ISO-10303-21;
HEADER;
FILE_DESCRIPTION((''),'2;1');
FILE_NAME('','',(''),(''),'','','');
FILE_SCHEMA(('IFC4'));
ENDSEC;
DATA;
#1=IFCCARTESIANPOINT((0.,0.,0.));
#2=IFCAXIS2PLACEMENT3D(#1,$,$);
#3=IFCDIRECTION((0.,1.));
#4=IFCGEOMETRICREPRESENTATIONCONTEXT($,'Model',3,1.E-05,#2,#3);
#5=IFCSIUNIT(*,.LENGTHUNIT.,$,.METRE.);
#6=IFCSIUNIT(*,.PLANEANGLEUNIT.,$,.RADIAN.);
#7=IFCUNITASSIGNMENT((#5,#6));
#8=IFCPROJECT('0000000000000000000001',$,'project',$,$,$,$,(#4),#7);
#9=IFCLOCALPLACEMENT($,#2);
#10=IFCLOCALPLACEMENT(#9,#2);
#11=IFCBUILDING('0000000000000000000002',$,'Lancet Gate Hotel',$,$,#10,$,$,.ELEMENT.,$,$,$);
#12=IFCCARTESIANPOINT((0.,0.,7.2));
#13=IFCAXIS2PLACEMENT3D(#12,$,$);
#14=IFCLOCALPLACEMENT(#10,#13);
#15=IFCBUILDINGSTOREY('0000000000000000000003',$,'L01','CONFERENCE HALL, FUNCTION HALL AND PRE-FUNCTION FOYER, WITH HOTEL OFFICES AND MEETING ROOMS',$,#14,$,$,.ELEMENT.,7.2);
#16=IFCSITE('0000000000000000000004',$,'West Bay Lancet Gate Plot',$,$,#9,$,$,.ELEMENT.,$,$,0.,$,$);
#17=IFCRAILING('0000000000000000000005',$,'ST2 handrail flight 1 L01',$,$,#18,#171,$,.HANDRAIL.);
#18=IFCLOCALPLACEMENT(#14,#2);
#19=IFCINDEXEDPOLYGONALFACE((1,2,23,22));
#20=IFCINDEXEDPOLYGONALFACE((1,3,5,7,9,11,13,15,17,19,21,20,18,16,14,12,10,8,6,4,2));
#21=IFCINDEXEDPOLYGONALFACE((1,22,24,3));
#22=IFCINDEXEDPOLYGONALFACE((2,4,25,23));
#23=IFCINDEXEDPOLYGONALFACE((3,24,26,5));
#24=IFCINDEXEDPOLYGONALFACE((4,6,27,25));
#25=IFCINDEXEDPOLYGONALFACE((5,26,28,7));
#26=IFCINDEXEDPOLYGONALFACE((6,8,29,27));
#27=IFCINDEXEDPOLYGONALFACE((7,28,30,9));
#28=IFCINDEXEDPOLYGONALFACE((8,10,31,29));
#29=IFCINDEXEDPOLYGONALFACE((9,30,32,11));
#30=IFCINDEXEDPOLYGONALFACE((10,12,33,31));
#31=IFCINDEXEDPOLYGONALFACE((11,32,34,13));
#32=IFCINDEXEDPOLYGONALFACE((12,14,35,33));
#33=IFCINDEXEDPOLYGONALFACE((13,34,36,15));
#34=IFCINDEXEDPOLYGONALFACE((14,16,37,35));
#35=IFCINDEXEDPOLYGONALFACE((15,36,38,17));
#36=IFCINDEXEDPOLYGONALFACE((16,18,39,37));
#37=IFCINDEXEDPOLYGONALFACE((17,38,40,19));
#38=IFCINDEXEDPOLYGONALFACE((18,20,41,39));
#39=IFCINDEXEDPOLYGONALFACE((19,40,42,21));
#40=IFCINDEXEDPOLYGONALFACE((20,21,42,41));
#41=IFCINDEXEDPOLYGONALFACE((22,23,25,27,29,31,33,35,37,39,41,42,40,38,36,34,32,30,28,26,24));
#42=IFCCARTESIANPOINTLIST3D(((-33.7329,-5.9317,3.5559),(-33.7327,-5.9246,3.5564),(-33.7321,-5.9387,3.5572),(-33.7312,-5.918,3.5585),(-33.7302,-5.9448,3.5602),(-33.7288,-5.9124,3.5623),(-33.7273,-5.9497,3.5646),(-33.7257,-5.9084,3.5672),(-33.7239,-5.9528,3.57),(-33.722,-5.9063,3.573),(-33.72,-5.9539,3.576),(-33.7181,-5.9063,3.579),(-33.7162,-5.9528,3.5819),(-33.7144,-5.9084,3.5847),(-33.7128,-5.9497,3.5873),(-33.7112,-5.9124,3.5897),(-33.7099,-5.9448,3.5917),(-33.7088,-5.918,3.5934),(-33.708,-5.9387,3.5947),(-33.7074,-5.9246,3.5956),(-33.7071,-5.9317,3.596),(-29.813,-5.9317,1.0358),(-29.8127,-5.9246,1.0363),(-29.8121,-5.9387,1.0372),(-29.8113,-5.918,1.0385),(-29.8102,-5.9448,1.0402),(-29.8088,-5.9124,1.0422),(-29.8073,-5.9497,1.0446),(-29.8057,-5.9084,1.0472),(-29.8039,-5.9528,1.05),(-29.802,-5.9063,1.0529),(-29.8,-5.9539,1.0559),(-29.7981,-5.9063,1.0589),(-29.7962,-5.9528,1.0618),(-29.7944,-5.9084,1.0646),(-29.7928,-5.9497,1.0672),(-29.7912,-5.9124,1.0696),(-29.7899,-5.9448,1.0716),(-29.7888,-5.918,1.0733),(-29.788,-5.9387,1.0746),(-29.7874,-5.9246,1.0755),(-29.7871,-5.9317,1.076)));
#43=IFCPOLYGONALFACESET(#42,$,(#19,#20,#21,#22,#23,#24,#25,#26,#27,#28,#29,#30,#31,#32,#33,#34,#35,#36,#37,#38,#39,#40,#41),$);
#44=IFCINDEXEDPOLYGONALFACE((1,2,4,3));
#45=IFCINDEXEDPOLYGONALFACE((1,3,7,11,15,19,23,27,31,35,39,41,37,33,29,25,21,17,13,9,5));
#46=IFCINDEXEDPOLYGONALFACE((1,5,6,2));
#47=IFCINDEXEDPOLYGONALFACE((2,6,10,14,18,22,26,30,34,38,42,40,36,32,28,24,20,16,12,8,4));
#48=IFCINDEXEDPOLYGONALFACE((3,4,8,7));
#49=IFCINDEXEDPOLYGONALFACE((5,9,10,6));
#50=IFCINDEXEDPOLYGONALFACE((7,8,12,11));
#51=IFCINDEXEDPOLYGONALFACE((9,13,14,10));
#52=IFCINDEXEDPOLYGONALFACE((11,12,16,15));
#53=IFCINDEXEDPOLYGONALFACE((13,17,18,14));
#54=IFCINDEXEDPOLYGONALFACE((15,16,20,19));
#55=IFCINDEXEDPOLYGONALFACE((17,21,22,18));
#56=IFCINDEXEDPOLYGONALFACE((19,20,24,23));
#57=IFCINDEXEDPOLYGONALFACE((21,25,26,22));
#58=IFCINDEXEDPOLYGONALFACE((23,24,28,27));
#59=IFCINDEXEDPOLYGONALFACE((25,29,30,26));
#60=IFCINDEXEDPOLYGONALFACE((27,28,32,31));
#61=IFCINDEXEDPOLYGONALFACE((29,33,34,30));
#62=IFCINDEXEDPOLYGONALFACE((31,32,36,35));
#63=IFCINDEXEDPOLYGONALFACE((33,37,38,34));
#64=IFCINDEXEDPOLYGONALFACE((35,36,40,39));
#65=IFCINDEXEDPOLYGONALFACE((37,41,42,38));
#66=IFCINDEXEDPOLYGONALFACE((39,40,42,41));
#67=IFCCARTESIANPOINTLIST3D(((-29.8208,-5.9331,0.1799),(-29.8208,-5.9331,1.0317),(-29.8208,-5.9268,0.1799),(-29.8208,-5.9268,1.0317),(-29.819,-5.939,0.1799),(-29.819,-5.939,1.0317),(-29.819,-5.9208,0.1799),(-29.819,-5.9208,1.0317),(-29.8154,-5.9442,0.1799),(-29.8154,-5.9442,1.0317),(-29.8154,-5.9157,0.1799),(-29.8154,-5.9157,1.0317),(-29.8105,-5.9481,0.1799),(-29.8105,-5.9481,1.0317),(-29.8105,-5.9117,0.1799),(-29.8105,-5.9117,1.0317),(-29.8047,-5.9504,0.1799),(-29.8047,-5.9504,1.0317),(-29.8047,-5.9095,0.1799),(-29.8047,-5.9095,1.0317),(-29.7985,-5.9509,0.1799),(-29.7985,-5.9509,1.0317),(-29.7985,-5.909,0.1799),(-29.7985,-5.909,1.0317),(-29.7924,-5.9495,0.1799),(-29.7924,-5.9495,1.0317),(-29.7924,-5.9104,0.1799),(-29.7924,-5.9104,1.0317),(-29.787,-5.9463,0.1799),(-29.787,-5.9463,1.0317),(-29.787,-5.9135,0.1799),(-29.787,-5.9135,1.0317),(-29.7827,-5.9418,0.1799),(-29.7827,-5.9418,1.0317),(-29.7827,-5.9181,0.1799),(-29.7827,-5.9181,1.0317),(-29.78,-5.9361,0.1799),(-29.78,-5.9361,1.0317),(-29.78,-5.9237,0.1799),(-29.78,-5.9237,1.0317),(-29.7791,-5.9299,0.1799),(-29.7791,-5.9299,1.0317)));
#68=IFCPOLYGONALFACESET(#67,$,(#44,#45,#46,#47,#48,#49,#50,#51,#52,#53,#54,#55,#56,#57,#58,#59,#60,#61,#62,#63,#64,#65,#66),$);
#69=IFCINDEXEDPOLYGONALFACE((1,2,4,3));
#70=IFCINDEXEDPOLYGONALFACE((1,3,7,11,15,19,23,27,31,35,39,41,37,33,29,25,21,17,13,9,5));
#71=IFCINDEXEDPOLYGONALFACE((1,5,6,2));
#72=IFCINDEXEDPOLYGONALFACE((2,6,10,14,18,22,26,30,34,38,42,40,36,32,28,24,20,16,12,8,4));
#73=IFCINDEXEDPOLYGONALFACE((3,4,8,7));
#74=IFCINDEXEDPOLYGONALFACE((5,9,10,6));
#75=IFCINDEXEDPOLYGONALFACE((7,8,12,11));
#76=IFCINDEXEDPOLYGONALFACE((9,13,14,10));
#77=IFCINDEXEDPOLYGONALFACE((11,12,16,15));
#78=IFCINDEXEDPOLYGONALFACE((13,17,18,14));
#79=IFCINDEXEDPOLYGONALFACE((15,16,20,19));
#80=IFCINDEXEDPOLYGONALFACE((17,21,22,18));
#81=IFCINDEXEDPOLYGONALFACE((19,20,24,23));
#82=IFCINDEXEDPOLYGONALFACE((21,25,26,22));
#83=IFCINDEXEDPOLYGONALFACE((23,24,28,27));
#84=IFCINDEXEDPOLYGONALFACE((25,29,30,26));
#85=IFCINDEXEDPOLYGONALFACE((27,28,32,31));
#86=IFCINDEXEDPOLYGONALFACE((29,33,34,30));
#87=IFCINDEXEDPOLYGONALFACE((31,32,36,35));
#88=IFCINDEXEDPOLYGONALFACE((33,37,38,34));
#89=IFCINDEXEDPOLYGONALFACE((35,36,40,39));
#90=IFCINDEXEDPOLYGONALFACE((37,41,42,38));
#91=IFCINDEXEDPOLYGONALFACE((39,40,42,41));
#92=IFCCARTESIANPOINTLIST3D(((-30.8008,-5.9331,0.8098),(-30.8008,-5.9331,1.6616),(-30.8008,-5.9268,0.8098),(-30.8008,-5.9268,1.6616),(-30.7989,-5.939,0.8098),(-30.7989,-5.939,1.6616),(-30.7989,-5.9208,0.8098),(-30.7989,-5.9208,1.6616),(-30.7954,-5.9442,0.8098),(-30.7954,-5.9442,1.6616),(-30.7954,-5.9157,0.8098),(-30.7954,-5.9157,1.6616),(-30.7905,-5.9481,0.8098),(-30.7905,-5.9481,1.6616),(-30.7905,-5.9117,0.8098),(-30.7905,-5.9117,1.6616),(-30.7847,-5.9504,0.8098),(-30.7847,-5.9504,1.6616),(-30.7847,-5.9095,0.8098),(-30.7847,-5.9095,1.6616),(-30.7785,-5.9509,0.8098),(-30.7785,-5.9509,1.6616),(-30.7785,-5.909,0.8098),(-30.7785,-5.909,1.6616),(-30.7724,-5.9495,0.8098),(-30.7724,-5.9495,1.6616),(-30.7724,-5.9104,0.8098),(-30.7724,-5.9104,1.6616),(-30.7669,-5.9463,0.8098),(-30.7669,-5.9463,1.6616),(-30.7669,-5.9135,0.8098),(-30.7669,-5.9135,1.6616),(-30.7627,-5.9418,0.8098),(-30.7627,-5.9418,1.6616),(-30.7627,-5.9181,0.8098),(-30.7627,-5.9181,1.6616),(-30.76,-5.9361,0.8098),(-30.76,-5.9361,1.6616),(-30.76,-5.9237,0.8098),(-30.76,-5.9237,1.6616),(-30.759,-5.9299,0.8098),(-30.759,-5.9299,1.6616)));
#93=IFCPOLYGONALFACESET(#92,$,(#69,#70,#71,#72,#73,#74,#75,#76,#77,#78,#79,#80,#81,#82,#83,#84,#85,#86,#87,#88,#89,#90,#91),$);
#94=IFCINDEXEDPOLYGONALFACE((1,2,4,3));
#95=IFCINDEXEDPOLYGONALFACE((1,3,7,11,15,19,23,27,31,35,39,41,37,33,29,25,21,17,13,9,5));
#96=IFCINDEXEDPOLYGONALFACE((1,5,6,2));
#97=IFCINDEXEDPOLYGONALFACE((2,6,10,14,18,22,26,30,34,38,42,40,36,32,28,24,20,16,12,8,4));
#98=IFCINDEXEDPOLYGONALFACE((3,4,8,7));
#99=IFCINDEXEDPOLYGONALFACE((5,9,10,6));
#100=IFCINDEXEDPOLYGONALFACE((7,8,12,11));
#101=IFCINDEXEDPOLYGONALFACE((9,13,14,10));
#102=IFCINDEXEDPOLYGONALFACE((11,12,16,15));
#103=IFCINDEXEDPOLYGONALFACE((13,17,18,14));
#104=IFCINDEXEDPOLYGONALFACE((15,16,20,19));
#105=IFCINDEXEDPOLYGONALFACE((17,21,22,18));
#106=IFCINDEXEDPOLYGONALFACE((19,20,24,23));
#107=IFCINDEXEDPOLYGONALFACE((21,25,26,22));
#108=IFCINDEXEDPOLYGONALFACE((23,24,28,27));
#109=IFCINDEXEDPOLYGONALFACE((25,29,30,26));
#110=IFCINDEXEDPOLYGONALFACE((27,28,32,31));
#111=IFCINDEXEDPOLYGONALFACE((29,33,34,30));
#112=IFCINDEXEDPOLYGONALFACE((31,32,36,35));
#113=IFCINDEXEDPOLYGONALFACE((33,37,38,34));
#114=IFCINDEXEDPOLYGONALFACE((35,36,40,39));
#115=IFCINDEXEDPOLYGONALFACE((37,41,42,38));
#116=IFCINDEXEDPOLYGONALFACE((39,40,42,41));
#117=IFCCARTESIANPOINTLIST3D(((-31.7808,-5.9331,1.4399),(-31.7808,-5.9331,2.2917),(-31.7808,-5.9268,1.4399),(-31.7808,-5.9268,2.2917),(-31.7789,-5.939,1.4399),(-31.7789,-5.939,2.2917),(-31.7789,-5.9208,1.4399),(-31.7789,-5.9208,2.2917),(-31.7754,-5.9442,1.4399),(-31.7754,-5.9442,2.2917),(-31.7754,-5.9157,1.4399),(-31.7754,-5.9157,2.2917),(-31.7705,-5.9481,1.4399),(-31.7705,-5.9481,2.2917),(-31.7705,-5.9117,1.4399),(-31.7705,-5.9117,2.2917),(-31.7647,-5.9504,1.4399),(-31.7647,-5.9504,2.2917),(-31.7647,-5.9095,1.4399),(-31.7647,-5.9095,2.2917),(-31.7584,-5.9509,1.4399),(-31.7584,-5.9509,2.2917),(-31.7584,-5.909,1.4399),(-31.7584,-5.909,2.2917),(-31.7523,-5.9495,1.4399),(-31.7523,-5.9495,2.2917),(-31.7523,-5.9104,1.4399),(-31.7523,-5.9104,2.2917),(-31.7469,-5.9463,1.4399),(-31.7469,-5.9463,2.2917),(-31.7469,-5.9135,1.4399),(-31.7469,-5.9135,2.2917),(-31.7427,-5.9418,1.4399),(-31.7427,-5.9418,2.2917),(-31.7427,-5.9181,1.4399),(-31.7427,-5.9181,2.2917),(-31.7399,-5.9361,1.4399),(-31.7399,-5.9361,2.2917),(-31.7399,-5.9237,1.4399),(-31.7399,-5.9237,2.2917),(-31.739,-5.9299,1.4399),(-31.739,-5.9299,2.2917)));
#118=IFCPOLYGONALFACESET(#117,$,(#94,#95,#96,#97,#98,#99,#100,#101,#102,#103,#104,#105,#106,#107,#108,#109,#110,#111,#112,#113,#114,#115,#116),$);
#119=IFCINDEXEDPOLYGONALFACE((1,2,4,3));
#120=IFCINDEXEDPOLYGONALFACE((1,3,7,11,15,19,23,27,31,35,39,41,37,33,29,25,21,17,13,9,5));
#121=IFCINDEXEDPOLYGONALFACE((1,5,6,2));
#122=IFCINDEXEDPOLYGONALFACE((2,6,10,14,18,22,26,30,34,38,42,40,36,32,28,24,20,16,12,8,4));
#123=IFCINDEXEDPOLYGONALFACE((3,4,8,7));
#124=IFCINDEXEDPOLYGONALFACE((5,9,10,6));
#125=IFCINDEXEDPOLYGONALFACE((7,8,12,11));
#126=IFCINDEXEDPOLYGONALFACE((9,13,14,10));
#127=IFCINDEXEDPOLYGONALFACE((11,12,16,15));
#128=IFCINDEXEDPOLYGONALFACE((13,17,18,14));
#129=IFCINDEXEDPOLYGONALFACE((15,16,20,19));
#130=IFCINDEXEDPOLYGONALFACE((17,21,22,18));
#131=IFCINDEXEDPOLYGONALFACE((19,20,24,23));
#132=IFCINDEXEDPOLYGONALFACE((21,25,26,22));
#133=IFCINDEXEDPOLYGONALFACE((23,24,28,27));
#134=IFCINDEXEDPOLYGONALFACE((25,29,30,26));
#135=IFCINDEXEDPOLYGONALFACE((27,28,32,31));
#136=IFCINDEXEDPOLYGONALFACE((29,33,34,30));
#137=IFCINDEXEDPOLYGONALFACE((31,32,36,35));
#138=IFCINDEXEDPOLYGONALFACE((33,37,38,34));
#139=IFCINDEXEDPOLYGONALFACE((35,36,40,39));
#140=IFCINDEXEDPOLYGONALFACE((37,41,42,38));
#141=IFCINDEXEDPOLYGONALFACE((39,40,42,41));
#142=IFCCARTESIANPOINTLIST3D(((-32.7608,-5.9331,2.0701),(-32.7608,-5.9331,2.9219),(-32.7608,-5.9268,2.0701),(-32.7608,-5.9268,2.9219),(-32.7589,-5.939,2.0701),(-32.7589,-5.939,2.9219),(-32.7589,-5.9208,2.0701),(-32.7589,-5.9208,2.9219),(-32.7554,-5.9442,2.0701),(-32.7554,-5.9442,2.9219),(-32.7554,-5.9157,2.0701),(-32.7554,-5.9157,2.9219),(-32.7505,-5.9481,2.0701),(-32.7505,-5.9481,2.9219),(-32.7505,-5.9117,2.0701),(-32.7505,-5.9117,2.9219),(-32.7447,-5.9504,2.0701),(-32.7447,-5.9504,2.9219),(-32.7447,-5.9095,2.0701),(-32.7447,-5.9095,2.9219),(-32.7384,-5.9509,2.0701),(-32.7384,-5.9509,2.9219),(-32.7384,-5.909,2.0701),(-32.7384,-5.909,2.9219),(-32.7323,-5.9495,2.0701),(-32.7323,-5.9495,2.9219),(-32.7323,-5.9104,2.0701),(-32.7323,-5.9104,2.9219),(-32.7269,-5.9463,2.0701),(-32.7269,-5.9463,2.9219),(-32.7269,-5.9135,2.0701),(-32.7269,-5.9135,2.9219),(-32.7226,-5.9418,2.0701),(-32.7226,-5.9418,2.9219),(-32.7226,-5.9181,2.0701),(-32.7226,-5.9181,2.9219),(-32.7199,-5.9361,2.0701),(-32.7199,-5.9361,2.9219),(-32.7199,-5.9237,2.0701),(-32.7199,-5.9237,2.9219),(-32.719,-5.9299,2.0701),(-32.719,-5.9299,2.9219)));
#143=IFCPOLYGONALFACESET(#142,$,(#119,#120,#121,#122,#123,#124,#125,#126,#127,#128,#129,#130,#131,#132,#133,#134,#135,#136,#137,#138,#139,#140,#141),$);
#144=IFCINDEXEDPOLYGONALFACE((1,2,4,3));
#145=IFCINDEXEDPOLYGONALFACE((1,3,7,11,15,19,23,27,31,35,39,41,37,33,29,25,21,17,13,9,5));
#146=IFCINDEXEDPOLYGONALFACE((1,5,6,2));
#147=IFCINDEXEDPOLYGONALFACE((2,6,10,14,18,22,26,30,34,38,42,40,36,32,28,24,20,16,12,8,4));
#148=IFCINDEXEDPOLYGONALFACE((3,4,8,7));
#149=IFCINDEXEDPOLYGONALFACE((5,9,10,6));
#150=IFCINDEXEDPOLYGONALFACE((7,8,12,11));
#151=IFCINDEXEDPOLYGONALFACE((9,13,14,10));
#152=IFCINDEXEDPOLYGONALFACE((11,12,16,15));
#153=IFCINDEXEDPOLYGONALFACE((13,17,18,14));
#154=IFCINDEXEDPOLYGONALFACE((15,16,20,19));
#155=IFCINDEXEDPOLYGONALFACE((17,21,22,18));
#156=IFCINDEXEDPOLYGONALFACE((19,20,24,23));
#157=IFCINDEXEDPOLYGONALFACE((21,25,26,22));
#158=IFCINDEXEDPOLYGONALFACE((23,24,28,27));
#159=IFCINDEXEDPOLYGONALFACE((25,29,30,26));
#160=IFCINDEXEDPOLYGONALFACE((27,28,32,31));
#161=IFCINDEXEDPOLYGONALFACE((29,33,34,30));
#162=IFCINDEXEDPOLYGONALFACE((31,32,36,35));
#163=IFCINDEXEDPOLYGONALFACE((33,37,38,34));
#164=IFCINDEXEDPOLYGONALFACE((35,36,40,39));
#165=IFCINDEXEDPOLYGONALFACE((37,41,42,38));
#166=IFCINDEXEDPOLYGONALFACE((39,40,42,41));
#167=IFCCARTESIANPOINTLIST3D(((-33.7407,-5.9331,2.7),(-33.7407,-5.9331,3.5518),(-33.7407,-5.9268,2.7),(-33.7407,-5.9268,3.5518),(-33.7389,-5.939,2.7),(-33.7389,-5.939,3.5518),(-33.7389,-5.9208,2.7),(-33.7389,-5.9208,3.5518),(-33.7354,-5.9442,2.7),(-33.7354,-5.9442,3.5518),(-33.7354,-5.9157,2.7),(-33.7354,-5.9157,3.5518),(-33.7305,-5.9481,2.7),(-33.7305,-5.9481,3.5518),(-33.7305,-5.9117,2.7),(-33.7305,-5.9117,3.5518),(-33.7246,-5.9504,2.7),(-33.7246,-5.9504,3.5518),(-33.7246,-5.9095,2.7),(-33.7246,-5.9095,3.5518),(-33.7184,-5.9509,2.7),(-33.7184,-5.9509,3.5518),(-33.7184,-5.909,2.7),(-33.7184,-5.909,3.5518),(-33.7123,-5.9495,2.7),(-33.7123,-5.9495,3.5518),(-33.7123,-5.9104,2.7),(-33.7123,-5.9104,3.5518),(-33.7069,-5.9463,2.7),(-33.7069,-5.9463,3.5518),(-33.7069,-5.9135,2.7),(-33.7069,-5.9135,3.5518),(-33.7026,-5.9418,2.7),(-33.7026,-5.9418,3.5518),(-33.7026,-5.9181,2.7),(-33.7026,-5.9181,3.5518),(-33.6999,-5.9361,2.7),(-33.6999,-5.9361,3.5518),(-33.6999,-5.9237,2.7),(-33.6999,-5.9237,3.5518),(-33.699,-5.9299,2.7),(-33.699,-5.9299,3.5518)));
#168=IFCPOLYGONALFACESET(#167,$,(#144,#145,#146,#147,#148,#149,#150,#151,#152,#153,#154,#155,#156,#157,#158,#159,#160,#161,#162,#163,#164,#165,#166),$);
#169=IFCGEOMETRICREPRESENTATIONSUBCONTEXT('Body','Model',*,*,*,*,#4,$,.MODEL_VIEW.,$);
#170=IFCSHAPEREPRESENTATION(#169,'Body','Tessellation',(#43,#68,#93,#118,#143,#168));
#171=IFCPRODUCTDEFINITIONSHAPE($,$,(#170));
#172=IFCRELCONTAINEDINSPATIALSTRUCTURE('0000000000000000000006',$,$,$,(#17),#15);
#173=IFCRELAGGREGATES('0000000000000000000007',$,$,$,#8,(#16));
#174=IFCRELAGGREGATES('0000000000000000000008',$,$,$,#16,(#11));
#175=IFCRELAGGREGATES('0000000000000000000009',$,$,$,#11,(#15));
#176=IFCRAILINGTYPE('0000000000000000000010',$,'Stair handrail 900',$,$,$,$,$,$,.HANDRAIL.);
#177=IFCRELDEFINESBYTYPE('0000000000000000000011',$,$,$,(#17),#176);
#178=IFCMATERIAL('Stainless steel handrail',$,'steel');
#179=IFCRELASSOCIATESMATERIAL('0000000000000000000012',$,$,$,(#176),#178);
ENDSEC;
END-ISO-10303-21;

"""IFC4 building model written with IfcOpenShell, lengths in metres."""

from ifc_helpers import new_model, si_unit, direction, frame, origin, origin_2d, place, context, subcontext, project, spatial, circle, extrude, material, type_object, element, save


model = new_model("IFC4")

# Units and contexts
model_context = context("Model", 3, precision=1e-05, world=origin(), true_north=direction((0.0, 1.0)))
body_context = subcontext(model_context, "Body", "Model", "MODEL_VIEW")
ifc_project = project(units=[si_unit("LENGTHUNIT", "METRE"), si_unit("PLANEANGLEUNIT", "RADIAN")], contexts=[model_context])

# Site, building, storey
site_placement = place(None, origin())
site = spatial("IfcSite", under=ifc_project, at=site_placement, Name="West Bay Lancet Gate Plot", CompositionType="ELEMENT", RefElevation=0.0)
building_placement = place(site_placement, origin())
building = spatial("IfcBuilding", under=site, at=building_placement, Name="Lancet Gate Hotel", CompositionType="ELEMENT")
storey_placement = place(building_placement, frame((0.0, 0.0, 7.2)))
storey = spatial("IfcBuildingStorey", under=building, at=storey_placement, Name="L01", Description="CONFERENCE HALL, FUNCTION HALL AND PRE-FUNCTION FOYER, WITH HOTEL OFFICES AND MEETING ROOMS", CompositionType="ELEMENT", Elevation=7.2)

# Railing
ifc_material_1 = material(Name="Stainless steel handrail", Category="steel")
railing_type_1 = type_object("IfcRailingType", Name="Stair handrail 900", PredefinedType="HANDRAIL", material=ifc_material_1)
railing_1_placement = place(storey_placement, frame((-29.8, -5.9299, 0.1799)))
element("IfcRailing", 1, at=railing_1_placement, inside=storey, type_object=railing_type_1, Name="ST2 handrail flight 1 L01", PredefinedType="HANDRAIL", context=body_context, shape_type="SweptSolid", body=[
    extrude(circle(Radius=0.0239, at=origin_2d()), frame((0.0, 0.0, 0.876), z_axis=(-0.841172, 0.0, 0.540768), x_axis=(0.0, -1.0, 0.0)), (0.0, 0.0, 1.0), 4.6602),
    extrude(circle(Radius=0.021, at=origin_2d()), origin(), (0.0, 0.0, 1.0), 0.8518),
    extrude(circle(Radius=0.021, at=origin_2d()), frame((-0.98, 0.0, 0.6299)), (0.0, 0.0, 1.0), 0.8518),
    extrude(circle(Radius=0.021, at=origin_2d()), frame((-1.96, 0.0, 1.26)), (0.0, 0.0, 1.0), 0.8518),
    extrude(circle(Radius=0.021, at=origin_2d()), frame((-2.9399, 0.0, 1.8901)), (0.0, 0.0, 1.0), 0.8518),
    extrude(circle(Radius=0.021, at=origin_2d()), frame((-3.9199, 0.0, 2.52)), (0.0, 0.0, 1.0), 0.8518),
])

save(model, "model.ifc")
